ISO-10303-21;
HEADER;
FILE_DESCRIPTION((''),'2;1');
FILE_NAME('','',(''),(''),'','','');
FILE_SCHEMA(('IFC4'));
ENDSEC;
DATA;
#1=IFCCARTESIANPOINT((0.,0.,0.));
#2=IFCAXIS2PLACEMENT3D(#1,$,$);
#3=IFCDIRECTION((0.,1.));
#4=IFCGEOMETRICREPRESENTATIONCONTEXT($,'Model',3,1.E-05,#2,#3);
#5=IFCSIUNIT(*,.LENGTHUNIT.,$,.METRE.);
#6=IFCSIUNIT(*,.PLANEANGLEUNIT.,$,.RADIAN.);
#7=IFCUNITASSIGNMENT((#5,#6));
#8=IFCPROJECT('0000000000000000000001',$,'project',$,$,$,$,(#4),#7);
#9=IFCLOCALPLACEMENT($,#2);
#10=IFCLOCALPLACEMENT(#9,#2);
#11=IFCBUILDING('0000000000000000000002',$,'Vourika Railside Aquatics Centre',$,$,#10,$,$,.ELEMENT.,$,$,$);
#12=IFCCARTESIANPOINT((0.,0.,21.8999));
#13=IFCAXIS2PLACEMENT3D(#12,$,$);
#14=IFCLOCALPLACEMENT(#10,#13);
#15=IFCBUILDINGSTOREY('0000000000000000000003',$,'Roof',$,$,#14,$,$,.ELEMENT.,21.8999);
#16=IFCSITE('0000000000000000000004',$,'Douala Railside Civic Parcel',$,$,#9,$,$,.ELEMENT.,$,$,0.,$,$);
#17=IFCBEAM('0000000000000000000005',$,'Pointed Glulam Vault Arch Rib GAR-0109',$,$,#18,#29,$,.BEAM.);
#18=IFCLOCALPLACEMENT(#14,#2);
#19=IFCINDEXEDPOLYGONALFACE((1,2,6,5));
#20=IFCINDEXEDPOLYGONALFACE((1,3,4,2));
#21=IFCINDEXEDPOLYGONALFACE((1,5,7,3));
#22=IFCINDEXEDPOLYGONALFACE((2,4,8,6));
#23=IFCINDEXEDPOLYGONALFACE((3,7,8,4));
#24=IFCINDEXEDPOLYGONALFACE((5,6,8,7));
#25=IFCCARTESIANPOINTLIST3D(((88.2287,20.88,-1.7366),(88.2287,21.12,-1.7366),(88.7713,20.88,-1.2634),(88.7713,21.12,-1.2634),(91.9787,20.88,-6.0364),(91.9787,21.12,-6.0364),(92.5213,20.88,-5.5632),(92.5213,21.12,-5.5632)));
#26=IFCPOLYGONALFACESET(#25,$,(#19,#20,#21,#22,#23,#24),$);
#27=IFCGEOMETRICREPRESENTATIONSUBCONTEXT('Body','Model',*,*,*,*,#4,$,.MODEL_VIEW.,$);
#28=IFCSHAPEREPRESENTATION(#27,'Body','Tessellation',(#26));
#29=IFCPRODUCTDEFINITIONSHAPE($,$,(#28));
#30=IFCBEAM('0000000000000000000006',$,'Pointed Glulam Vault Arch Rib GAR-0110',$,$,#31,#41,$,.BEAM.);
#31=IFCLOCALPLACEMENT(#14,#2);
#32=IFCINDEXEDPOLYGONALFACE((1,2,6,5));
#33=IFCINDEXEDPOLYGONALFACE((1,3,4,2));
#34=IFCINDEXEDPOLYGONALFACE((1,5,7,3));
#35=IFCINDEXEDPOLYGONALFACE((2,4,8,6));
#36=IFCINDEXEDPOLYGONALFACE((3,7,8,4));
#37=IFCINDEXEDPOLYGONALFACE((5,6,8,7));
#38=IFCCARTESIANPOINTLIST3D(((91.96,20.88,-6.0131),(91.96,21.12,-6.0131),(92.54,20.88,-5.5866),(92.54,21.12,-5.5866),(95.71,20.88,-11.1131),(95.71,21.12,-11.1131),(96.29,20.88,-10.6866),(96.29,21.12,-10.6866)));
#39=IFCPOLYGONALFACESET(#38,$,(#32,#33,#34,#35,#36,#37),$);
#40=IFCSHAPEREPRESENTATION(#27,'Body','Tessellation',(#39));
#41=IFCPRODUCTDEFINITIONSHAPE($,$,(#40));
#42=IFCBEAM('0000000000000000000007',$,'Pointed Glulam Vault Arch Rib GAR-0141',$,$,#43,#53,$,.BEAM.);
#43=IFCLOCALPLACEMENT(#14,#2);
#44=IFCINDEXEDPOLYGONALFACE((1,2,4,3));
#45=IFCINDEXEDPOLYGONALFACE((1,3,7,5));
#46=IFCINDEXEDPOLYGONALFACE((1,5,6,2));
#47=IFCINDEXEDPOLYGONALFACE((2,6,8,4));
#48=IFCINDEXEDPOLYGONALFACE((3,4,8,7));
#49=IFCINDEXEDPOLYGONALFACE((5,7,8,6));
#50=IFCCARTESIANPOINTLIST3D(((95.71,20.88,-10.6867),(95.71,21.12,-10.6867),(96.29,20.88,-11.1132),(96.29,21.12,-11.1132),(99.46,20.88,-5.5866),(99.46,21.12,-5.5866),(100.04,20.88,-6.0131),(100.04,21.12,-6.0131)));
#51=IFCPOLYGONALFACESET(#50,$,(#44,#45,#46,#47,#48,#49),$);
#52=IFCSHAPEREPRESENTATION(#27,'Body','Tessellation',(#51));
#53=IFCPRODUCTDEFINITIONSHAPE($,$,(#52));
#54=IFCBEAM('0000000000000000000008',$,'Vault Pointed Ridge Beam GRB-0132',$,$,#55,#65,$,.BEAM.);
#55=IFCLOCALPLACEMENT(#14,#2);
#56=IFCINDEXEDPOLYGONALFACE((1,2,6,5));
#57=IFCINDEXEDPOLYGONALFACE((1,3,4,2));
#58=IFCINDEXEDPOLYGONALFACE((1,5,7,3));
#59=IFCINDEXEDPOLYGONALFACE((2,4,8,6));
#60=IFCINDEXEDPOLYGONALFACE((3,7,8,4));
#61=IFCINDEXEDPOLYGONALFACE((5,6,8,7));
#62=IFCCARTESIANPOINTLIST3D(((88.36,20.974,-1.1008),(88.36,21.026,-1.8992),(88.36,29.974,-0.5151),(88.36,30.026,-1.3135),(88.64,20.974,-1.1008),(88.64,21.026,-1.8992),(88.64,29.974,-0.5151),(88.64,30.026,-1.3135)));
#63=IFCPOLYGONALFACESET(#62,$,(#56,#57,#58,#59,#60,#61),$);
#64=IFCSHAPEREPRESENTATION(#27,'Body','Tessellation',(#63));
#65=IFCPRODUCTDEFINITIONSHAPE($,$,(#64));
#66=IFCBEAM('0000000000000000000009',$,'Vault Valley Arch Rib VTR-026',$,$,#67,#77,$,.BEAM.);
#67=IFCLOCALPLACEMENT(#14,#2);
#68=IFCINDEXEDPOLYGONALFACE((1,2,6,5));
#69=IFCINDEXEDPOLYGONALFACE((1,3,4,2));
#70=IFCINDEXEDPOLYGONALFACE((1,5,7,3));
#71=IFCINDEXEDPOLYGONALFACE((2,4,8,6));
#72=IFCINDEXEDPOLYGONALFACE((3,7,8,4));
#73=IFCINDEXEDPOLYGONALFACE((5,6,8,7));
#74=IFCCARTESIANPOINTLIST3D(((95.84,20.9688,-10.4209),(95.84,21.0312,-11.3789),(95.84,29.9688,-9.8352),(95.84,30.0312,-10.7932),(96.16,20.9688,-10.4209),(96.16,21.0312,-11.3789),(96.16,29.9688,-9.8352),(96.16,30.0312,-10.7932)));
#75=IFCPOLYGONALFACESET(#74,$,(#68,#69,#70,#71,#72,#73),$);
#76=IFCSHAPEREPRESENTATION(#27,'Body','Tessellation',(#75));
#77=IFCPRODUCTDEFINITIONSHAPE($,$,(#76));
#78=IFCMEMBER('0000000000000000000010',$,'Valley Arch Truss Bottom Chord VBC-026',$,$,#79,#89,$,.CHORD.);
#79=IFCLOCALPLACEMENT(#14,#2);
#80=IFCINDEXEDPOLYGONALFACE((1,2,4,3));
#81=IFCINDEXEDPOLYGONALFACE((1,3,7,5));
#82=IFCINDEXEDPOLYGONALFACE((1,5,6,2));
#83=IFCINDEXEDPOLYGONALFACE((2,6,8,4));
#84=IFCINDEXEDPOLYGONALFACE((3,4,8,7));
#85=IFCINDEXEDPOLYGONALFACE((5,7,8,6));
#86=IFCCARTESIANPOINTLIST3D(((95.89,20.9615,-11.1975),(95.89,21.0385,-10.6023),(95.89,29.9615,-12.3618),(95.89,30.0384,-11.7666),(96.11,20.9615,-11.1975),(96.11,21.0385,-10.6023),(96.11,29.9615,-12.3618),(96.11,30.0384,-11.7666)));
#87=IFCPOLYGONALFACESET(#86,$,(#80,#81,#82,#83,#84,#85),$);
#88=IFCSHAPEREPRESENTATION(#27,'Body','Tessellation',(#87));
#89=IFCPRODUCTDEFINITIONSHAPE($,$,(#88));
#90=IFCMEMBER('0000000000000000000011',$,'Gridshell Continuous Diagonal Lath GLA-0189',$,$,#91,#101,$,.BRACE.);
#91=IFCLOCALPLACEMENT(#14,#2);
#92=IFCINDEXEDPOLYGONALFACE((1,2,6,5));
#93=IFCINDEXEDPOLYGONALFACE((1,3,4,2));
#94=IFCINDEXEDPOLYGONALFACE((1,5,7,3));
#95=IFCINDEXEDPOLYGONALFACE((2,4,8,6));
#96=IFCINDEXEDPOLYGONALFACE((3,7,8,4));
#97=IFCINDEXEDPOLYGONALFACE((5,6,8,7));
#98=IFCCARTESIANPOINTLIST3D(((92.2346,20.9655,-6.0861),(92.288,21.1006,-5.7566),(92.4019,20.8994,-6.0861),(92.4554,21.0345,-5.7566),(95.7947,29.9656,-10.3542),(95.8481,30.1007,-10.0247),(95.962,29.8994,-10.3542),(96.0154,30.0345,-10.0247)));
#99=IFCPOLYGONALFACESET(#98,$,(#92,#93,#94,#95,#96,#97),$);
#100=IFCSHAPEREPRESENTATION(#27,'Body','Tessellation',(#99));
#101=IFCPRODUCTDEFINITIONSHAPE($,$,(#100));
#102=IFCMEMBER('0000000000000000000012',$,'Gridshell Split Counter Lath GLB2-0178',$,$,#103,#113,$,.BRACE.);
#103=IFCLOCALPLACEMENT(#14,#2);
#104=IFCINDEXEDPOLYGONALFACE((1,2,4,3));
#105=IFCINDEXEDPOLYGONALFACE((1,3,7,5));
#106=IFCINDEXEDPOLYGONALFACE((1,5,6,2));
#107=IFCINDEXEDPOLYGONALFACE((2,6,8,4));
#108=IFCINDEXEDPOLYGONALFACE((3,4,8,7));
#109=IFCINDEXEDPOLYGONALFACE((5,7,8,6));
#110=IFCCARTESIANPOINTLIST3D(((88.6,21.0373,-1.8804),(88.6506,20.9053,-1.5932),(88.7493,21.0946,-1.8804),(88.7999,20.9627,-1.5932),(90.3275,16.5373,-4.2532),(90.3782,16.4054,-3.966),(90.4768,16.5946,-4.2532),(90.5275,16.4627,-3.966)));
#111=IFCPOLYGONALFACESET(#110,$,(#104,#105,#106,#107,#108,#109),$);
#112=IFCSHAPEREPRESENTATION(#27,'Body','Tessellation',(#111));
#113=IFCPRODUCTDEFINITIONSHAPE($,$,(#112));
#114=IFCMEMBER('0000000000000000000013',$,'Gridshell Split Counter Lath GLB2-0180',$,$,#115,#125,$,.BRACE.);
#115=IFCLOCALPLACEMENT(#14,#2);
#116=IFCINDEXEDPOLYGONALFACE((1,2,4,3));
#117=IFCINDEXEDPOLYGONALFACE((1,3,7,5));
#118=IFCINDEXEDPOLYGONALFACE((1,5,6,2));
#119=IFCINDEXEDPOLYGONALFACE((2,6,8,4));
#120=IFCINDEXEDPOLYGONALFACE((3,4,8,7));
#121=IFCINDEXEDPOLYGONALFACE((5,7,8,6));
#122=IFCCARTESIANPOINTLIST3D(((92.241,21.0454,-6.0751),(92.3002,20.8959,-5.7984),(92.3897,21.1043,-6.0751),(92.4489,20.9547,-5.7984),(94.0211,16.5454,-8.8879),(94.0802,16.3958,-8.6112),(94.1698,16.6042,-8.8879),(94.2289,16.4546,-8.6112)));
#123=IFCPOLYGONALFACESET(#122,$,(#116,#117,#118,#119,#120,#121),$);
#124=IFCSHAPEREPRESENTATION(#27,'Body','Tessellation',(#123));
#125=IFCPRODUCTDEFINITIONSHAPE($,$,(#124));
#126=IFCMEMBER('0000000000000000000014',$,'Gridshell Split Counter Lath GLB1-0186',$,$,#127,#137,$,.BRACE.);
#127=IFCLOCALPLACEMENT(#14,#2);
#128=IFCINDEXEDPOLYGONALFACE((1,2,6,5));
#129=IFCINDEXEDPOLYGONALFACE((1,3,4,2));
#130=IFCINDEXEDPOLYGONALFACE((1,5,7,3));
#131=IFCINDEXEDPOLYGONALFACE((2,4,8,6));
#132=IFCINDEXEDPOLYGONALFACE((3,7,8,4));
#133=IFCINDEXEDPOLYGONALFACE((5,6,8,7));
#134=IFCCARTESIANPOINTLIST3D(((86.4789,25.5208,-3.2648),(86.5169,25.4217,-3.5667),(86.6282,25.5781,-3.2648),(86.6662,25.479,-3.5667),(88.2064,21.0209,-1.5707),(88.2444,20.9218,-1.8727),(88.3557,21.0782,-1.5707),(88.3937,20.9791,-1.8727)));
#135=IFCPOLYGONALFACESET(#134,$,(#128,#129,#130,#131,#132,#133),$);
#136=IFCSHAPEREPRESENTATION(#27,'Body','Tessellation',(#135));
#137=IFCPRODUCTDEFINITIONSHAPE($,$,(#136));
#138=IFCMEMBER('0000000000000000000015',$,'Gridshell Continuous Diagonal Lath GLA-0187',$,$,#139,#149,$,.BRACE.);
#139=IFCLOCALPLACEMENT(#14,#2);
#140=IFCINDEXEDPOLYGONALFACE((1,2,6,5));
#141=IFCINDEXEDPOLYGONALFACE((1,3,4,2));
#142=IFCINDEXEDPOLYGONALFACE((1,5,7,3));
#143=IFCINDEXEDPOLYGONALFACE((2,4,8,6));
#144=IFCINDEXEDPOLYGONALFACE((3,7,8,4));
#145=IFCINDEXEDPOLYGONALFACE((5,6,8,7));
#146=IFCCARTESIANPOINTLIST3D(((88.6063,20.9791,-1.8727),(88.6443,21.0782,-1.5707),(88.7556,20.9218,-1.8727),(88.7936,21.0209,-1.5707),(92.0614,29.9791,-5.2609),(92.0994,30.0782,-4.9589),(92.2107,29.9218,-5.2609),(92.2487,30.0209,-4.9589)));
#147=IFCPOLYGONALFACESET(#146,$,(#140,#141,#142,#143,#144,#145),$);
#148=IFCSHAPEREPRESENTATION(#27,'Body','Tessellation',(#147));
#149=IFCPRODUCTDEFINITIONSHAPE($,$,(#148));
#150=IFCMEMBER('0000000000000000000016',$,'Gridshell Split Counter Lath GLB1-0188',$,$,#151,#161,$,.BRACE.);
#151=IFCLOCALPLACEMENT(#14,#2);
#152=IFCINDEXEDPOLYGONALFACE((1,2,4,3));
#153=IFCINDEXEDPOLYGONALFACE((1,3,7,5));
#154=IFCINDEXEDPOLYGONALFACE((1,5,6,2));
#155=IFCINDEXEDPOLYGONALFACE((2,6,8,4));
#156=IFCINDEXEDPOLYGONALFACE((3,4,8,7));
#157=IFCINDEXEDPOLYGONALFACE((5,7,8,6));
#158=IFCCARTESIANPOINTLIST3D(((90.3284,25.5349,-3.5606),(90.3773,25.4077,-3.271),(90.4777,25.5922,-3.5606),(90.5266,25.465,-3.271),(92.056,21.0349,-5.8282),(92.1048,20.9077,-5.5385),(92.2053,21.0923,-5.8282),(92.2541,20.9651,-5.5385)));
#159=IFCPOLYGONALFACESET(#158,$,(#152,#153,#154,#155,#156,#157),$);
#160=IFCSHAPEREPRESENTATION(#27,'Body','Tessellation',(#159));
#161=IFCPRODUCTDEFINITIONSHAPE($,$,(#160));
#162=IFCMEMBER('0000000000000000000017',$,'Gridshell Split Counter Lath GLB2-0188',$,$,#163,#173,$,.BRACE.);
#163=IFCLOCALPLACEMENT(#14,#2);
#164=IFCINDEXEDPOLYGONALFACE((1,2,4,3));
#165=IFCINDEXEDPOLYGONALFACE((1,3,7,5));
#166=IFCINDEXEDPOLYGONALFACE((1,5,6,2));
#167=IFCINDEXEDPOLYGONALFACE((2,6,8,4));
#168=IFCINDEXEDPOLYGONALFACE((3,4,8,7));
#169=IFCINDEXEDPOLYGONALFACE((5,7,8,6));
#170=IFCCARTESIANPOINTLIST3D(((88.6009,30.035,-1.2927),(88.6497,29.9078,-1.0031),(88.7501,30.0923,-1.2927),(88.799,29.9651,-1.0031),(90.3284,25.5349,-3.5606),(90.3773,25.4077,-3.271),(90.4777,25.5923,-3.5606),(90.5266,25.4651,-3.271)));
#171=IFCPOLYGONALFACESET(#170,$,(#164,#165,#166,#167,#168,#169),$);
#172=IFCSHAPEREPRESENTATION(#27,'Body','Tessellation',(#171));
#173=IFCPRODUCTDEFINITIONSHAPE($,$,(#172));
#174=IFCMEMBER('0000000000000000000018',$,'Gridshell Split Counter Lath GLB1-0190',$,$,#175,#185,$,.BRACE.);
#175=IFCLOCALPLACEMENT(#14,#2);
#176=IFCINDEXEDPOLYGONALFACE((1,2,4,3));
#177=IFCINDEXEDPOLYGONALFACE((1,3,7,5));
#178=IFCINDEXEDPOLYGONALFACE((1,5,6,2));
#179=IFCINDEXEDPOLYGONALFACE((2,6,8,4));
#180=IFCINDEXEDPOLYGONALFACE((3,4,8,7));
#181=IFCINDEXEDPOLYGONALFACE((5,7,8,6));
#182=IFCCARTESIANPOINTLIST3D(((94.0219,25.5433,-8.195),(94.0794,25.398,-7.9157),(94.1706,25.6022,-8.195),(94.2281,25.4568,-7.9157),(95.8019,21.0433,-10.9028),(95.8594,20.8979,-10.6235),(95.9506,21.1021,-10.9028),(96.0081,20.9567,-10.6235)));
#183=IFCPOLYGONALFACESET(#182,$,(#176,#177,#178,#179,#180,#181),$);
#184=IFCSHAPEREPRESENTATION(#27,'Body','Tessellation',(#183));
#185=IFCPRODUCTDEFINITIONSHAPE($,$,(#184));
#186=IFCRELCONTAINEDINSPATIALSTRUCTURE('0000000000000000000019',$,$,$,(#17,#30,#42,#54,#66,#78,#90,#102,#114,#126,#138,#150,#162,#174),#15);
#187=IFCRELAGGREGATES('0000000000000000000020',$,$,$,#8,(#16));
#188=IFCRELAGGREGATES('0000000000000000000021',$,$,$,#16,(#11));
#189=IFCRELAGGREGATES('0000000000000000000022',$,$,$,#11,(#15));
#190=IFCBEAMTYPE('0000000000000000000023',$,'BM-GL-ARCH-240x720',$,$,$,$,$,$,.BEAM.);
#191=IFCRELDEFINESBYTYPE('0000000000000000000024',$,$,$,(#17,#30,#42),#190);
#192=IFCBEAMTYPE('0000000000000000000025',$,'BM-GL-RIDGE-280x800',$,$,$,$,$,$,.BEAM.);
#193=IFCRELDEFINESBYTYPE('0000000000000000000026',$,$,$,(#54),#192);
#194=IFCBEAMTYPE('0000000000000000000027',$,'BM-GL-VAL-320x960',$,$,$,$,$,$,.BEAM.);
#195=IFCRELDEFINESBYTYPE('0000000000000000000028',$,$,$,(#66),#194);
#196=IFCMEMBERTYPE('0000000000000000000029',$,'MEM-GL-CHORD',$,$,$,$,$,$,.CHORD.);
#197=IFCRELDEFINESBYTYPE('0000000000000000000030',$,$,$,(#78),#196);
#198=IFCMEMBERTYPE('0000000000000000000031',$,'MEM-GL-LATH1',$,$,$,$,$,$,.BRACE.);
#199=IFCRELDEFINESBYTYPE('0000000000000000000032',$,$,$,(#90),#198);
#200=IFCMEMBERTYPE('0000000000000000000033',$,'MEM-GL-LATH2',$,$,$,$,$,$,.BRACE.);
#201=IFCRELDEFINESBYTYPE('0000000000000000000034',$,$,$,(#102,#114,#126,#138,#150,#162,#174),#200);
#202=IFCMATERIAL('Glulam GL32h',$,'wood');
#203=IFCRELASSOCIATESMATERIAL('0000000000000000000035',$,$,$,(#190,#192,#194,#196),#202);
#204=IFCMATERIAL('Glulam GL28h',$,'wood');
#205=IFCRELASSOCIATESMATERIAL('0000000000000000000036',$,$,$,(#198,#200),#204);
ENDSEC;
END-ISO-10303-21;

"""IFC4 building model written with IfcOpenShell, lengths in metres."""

from ifc_helpers import new_model, si_unit, direction, frame, origin, origin_2d, place, context, subcontext, project, spatial, rectangle, extrude, material, material_profile, profile_set, type_object, element, save


model = new_model("IFC4")

# Units and contexts
model_context = context("Model", 3, precision=1e-05, world=origin(), true_north=direction((0.0, 1.0)))
body_context = subcontext(model_context, "Body", "Model", "MODEL_VIEW")
ifc_project = project(units=[si_unit("LENGTHUNIT", "METRE"), si_unit("PLANEANGLEUNIT", "RADIAN")], contexts=[model_context])

# Site, building, storey
site_placement = place(None, origin())
site = spatial("IfcSite", under=ifc_project, at=site_placement, Name="Douala Railside Civic Parcel", CompositionType="ELEMENT", RefElevation=0.0)
building_placement = place(site_placement, origin())
building = spatial("IfcBuilding", under=site, at=building_placement, Name="Vourika Railside Aquatics Centre", CompositionType="ELEMENT")
storey_placement = place(building_placement, frame((0.0, 0.0, 21.8999)))
storey = spatial("IfcBuildingStorey", under=building, at=storey_placement, Name="Roof", CompositionType="ELEMENT", Elevation=21.8999)

# Beams
ifc_material_1 = material(Name="Glulam GL32h", Category="wood")
ifc_material_profile_1 = material_profile(ifc_material_1, rectangle(XDim=0.24, YDim=0.72, at=origin_2d()), Name="GL32h 240x720")
ifc_profile_set_1 = profile_set([ifc_material_profile_1], Name="Glulam GL32h")
beam_type_1 = type_object("IfcBeamType", Name="BM-GL-ARCH-240x720", PredefinedType="BEAM", material=ifc_profile_set_1)
beam_1_placement = place(storey_placement, frame((88.5, 21.0, -1.5), z_axis=(0.65728, 0.0, -0.753647), x_axis=(0.0, 1.0, 0.0)))
element("IfcBeam", 1, at=beam_1_placement, inside=storey, type_object=beam_type_1, Name="Pointed Glulam Vault Arch Rib GAR-0109", PredefinedType="BEAM", context=body_context, shape_type="SweptSolid", body=[
    extrude(rectangle(XDim=0.24, YDim=0.72, at=origin_2d()), origin(), (0.0, 0.0, 1.0), 5.7053),
])
for number, where, z_axis, x_axis, name in (
    (2, (92.25, 21.0, -5.7998), (0.592383, 0.0, -0.805656), (0.0, 1.0, 0.0), "Pointed Glulam Vault Arch Rib GAR-0110"),
    (3, (96.0, 21.0, -10.8999), (0.592383, 0.0, 0.805656), (0.0, 1.0, 0.0), "Pointed Glulam Vault Arch Rib GAR-0141"),
):
    element("IfcBeam", number, at=place(storey_placement, frame(where, z_axis=z_axis, x_axis=x_axis)), inside=storey, type_object=beam_type_1, Name=name, PredefinedType="BEAM", context=body_context, shape_type="SweptSolid", body=[
        extrude(rectangle(XDim=0.24, YDim=0.72, at=origin_2d()), origin(), (0.0, 0.0, 1.0), 6.3303),
    ])
ifc_material_profile_2 = material_profile(ifc_material_1, rectangle(XDim=0.28, YDim=0.8, at=origin_2d()), Name="GL32h 280x800")
ifc_profile_set_2 = profile_set([ifc_material_profile_2], Name="Glulam GL32h")
beam_type_2 = type_object("IfcBeamType", Name="BM-GL-RIDGE-280x800", PredefinedType="BEAM", material=ifc_profile_set_2)
beam_2_placement = place(storey_placement, frame((88.5, 21.0, -1.5), z_axis=(0.0, 0.997889, 0.06494), x_axis=(-1.0, 0.0, 0.0)))
element("IfcBeam", 4, at=beam_2_placement, inside=storey, type_object=beam_type_2, Name="Vault Pointed Ridge Beam GRB-0132", PredefinedType="BEAM", context=body_context, shape_type="SweptSolid", body=[
    extrude(rectangle(XDim=0.28, YDim=0.8, at=origin_2d()), origin(), (0.0, 0.0, 1.0), 9.019),
])
ifc_material_profile_3 = material_profile(ifc_material_1, rectangle(XDim=0.3201, YDim=0.96, at=origin_2d()), Name="GL32h 320x960")
ifc_profile_set_3 = profile_set([ifc_material_profile_3], Name="Glulam GL32h")
beam_type_3 = type_object("IfcBeamType", Name="BM-GL-VAL-320x960", PredefinedType="BEAM", material=ifc_profile_set_3)
beam_3_placement = place(storey_placement, frame((96.0, 21.0, -10.8999), z_axis=(0.0, 0.997889, 0.06494), x_axis=(-1.0, 0.0, 0.0)))
element("IfcBeam", 5, at=beam_3_placement, inside=storey, type_object=beam_type_3, Name="Vault Valley Arch Rib VTR-026", PredefinedType="BEAM", context=body_context, shape_type="SweptSolid", body=[
    extrude(rectangle(XDim=0.3201, YDim=0.96, at=origin_2d()), origin(), (0.0, 0.0, 1.0), 9.019),
])

# Members
ifc_material_profile_4 = material_profile(ifc_material_1, rectangle(XDim=0.22, YDim=0.6001, at=origin_2d()), Name="GL32h 220x600")
ifc_profile_set_4 = profile_set([ifc_material_profile_4], Name="Glulam GL32h")
member_type_1 = type_object("IfcMemberType", Name="MEM-GL-CHORD", PredefinedType="CHORD", material=ifc_profile_set_4)
member_1_placement = place(storey_placement, frame((96.0, 21.0, -10.8999), z_axis=(0.0, 0.991736, -0.128298), x_axis=(-1.0, 0.0, 0.0)))
element("IfcMember", 6, at=member_1_placement, inside=storey, type_object=member_type_1, Name="Valley Arch Truss Bottom Chord VBC-026", PredefinedType="CHORD", context=body_context, shape_type="SweptSolid", body=[
    extrude(rectangle(XDim=0.22, YDim=0.6001, at=origin_2d()), origin(), (0.0, 0.0, 1.0), 9.075),
])
ifc_material_2 = material(Name="Glulam GL28h", Category="wood")
ifc_material_profile_5 = material_profile(ifc_material_2, rectangle(XDim=0.1799, YDim=0.3601, at=origin_2d()), Name="GL28h 180x360")
ifc_profile_set_5 = profile_set([ifc_material_profile_5], Name="Glulam GL28h")
member_type_2 = type_object("IfcMemberType", Name="MEM-GL-LATH1", PredefinedType="BRACE", material=ifc_profile_set_5)
member_2_placement = place(storey_placement, frame((92.345, 21.0, -5.9214), z_axis=(0.336559, 0.850836, -0.403492), x_axis=(-0.929893, 0.36783, 0.0)))
element("IfcMember", 7, at=member_2_placement, inside=storey, type_object=member_type_2, Name="Gridshell Continuous Diagonal Lath GLA-0189", PredefinedType="BRACE", context=body_context, shape_type="SweptSolid", body=[
    extrude(rectangle(XDim=0.1799, YDim=0.3601, at=origin_2d()), origin(), (0.0, 0.0, 1.0), 10.5779),
])
ifc_material_profile_6 = material_profile(ifc_material_2, rectangle(XDim=0.1599, YDim=0.3201, at=origin_2d()), Name="GL28h 160x320")
ifc_profile_set_6 = profile_set([ifc_material_profile_6], Name="Glulam GL28h")
member_type_3 = type_object("IfcMemberType", Name="MEM-GL-LATH2", PredefinedType="BRACE", material=ifc_profile_set_6)
member_3_placement = place(storey_placement, frame((90.4275, 16.5, -4.1096), z_axis=(-0.321548, 0.837587, 0.441651), x_axis=(-0.93357, -0.358395, 0.0)))
element("IfcMember", 8, at=member_3_placement, inside=storey, type_object=member_type_3, Name="Gridshell Split Counter Lath GLB2-0178", PredefinedType="BRACE", context=body_context, shape_type="SweptSolid", body=[
    extrude(rectangle(XDim=0.1599, YDim=0.3201, at=origin_2d()), origin(), (0.0, 0.0, 1.0), 5.3726),
])
member_4_placement = place(storey_placement, frame((94.125, 16.5, -8.7495), z_axis=(-0.318014, 0.803956, 0.502516), x_axis=(-0.929893, -0.36783, 0.0)))
element("IfcMember", 9, at=member_4_placement, inside=storey, type_object=member_type_3, Name="Gridshell Split Counter Lath GLB2-0180", PredefinedType="BRACE", context=body_context, shape_type="SweptSolid", body=[
    extrude(rectangle(XDim=0.1599, YDim=0.3201, at=origin_2d()), origin(), (0.0, 0.0, 1.0), 5.5974),
])
member_5_placement = place(storey_placement, frame((88.3, 21.0, -1.7217), z_axis=(-0.338121, 0.880757, -0.331574), x_axis=(-0.93357, -0.358395, 0.0)))
element("IfcMember", 10, at=member_5_placement, inside=storey, type_object=member_type_3, Name="Gridshell Split Counter Lath GLB1-0186", PredefinedType="BRACE", context=body_context, shape_type="SweptSolid", body=[
    extrude(rectangle(XDim=0.1599, YDim=0.3201, at=origin_2d()), origin(), (0.0, 0.0, 1.0), 5.1091),
])
member_6_placement = place(storey_placement, frame((88.7, 21.0, -1.7217), z_axis=(0.338121, 0.880757, -0.331574), x_axis=(-0.93357, 0.358395, 0.0)))
element("IfcMember", 11, at=member_6_placement, inside=storey, type_object=member_type_3, Name="Gridshell Continuous Diagonal Lath GLA-0187", PredefinedType="BRACE", context=body_context, shape_type="SweptSolid", body=[
    extrude(rectangle(XDim=0.1599, YDim=0.3201, at=origin_2d()), origin(), (0.0, 0.0, 1.0), 10.2185),
])
member_7_placement = place(storey_placement, frame((92.155, 21.0, -5.6833), z_axis=(-0.324302, 0.844762, 0.425681), x_axis=(-0.93357, -0.358395, 0.0)))
element("IfcMember", 12, at=member_7_placement, inside=storey, type_object=member_type_3, Name="Gridshell Split Counter Lath GLB1-0188", PredefinedType="BRACE", context=body_context, shape_type="SweptSolid", body=[
    extrude(rectangle(XDim=0.1599, YDim=0.3201, at=origin_2d()), origin(), (0.0, 0.0, 1.0), 5.3269),
])
member_8_placement = place(storey_placement, frame((90.4275, 25.5, -3.4158), z_axis=(-0.324296, 0.844746, 0.425719), x_axis=(-0.93357, -0.358395, 0.0)))
element("IfcMember", 13, at=member_8_placement, inside=storey, type_object=member_type_3, Name="Gridshell Split Counter Lath GLB2-0188", PredefinedType="BRACE", context=body_context, shape_type="SweptSolid", body=[
    extrude(rectangle(XDim=0.1599, YDim=0.3201, at=origin_2d()), origin(), (0.0, 0.0, 1.0), 5.3271),
])
member_9_placement = place(storey_placement, frame((95.905, 21.0, -10.7632), z_axis=(-0.320997, 0.811496, 0.488298), x_axis=(-0.929893, -0.36783, 0.0)))
element("IfcMember", 14, at=member_9_placement, inside=storey, type_object=member_type_3, Name="Gridshell Split Counter Lath GLB1-0190", PredefinedType="BRACE", context=body_context, shape_type="SweptSolid", body=[
    extrude(rectangle(XDim=0.1599, YDim=0.3201, at=origin_2d()), origin(), (0.0, 0.0, 1.0), 5.5454),
])

save(model, "model.ifc")
